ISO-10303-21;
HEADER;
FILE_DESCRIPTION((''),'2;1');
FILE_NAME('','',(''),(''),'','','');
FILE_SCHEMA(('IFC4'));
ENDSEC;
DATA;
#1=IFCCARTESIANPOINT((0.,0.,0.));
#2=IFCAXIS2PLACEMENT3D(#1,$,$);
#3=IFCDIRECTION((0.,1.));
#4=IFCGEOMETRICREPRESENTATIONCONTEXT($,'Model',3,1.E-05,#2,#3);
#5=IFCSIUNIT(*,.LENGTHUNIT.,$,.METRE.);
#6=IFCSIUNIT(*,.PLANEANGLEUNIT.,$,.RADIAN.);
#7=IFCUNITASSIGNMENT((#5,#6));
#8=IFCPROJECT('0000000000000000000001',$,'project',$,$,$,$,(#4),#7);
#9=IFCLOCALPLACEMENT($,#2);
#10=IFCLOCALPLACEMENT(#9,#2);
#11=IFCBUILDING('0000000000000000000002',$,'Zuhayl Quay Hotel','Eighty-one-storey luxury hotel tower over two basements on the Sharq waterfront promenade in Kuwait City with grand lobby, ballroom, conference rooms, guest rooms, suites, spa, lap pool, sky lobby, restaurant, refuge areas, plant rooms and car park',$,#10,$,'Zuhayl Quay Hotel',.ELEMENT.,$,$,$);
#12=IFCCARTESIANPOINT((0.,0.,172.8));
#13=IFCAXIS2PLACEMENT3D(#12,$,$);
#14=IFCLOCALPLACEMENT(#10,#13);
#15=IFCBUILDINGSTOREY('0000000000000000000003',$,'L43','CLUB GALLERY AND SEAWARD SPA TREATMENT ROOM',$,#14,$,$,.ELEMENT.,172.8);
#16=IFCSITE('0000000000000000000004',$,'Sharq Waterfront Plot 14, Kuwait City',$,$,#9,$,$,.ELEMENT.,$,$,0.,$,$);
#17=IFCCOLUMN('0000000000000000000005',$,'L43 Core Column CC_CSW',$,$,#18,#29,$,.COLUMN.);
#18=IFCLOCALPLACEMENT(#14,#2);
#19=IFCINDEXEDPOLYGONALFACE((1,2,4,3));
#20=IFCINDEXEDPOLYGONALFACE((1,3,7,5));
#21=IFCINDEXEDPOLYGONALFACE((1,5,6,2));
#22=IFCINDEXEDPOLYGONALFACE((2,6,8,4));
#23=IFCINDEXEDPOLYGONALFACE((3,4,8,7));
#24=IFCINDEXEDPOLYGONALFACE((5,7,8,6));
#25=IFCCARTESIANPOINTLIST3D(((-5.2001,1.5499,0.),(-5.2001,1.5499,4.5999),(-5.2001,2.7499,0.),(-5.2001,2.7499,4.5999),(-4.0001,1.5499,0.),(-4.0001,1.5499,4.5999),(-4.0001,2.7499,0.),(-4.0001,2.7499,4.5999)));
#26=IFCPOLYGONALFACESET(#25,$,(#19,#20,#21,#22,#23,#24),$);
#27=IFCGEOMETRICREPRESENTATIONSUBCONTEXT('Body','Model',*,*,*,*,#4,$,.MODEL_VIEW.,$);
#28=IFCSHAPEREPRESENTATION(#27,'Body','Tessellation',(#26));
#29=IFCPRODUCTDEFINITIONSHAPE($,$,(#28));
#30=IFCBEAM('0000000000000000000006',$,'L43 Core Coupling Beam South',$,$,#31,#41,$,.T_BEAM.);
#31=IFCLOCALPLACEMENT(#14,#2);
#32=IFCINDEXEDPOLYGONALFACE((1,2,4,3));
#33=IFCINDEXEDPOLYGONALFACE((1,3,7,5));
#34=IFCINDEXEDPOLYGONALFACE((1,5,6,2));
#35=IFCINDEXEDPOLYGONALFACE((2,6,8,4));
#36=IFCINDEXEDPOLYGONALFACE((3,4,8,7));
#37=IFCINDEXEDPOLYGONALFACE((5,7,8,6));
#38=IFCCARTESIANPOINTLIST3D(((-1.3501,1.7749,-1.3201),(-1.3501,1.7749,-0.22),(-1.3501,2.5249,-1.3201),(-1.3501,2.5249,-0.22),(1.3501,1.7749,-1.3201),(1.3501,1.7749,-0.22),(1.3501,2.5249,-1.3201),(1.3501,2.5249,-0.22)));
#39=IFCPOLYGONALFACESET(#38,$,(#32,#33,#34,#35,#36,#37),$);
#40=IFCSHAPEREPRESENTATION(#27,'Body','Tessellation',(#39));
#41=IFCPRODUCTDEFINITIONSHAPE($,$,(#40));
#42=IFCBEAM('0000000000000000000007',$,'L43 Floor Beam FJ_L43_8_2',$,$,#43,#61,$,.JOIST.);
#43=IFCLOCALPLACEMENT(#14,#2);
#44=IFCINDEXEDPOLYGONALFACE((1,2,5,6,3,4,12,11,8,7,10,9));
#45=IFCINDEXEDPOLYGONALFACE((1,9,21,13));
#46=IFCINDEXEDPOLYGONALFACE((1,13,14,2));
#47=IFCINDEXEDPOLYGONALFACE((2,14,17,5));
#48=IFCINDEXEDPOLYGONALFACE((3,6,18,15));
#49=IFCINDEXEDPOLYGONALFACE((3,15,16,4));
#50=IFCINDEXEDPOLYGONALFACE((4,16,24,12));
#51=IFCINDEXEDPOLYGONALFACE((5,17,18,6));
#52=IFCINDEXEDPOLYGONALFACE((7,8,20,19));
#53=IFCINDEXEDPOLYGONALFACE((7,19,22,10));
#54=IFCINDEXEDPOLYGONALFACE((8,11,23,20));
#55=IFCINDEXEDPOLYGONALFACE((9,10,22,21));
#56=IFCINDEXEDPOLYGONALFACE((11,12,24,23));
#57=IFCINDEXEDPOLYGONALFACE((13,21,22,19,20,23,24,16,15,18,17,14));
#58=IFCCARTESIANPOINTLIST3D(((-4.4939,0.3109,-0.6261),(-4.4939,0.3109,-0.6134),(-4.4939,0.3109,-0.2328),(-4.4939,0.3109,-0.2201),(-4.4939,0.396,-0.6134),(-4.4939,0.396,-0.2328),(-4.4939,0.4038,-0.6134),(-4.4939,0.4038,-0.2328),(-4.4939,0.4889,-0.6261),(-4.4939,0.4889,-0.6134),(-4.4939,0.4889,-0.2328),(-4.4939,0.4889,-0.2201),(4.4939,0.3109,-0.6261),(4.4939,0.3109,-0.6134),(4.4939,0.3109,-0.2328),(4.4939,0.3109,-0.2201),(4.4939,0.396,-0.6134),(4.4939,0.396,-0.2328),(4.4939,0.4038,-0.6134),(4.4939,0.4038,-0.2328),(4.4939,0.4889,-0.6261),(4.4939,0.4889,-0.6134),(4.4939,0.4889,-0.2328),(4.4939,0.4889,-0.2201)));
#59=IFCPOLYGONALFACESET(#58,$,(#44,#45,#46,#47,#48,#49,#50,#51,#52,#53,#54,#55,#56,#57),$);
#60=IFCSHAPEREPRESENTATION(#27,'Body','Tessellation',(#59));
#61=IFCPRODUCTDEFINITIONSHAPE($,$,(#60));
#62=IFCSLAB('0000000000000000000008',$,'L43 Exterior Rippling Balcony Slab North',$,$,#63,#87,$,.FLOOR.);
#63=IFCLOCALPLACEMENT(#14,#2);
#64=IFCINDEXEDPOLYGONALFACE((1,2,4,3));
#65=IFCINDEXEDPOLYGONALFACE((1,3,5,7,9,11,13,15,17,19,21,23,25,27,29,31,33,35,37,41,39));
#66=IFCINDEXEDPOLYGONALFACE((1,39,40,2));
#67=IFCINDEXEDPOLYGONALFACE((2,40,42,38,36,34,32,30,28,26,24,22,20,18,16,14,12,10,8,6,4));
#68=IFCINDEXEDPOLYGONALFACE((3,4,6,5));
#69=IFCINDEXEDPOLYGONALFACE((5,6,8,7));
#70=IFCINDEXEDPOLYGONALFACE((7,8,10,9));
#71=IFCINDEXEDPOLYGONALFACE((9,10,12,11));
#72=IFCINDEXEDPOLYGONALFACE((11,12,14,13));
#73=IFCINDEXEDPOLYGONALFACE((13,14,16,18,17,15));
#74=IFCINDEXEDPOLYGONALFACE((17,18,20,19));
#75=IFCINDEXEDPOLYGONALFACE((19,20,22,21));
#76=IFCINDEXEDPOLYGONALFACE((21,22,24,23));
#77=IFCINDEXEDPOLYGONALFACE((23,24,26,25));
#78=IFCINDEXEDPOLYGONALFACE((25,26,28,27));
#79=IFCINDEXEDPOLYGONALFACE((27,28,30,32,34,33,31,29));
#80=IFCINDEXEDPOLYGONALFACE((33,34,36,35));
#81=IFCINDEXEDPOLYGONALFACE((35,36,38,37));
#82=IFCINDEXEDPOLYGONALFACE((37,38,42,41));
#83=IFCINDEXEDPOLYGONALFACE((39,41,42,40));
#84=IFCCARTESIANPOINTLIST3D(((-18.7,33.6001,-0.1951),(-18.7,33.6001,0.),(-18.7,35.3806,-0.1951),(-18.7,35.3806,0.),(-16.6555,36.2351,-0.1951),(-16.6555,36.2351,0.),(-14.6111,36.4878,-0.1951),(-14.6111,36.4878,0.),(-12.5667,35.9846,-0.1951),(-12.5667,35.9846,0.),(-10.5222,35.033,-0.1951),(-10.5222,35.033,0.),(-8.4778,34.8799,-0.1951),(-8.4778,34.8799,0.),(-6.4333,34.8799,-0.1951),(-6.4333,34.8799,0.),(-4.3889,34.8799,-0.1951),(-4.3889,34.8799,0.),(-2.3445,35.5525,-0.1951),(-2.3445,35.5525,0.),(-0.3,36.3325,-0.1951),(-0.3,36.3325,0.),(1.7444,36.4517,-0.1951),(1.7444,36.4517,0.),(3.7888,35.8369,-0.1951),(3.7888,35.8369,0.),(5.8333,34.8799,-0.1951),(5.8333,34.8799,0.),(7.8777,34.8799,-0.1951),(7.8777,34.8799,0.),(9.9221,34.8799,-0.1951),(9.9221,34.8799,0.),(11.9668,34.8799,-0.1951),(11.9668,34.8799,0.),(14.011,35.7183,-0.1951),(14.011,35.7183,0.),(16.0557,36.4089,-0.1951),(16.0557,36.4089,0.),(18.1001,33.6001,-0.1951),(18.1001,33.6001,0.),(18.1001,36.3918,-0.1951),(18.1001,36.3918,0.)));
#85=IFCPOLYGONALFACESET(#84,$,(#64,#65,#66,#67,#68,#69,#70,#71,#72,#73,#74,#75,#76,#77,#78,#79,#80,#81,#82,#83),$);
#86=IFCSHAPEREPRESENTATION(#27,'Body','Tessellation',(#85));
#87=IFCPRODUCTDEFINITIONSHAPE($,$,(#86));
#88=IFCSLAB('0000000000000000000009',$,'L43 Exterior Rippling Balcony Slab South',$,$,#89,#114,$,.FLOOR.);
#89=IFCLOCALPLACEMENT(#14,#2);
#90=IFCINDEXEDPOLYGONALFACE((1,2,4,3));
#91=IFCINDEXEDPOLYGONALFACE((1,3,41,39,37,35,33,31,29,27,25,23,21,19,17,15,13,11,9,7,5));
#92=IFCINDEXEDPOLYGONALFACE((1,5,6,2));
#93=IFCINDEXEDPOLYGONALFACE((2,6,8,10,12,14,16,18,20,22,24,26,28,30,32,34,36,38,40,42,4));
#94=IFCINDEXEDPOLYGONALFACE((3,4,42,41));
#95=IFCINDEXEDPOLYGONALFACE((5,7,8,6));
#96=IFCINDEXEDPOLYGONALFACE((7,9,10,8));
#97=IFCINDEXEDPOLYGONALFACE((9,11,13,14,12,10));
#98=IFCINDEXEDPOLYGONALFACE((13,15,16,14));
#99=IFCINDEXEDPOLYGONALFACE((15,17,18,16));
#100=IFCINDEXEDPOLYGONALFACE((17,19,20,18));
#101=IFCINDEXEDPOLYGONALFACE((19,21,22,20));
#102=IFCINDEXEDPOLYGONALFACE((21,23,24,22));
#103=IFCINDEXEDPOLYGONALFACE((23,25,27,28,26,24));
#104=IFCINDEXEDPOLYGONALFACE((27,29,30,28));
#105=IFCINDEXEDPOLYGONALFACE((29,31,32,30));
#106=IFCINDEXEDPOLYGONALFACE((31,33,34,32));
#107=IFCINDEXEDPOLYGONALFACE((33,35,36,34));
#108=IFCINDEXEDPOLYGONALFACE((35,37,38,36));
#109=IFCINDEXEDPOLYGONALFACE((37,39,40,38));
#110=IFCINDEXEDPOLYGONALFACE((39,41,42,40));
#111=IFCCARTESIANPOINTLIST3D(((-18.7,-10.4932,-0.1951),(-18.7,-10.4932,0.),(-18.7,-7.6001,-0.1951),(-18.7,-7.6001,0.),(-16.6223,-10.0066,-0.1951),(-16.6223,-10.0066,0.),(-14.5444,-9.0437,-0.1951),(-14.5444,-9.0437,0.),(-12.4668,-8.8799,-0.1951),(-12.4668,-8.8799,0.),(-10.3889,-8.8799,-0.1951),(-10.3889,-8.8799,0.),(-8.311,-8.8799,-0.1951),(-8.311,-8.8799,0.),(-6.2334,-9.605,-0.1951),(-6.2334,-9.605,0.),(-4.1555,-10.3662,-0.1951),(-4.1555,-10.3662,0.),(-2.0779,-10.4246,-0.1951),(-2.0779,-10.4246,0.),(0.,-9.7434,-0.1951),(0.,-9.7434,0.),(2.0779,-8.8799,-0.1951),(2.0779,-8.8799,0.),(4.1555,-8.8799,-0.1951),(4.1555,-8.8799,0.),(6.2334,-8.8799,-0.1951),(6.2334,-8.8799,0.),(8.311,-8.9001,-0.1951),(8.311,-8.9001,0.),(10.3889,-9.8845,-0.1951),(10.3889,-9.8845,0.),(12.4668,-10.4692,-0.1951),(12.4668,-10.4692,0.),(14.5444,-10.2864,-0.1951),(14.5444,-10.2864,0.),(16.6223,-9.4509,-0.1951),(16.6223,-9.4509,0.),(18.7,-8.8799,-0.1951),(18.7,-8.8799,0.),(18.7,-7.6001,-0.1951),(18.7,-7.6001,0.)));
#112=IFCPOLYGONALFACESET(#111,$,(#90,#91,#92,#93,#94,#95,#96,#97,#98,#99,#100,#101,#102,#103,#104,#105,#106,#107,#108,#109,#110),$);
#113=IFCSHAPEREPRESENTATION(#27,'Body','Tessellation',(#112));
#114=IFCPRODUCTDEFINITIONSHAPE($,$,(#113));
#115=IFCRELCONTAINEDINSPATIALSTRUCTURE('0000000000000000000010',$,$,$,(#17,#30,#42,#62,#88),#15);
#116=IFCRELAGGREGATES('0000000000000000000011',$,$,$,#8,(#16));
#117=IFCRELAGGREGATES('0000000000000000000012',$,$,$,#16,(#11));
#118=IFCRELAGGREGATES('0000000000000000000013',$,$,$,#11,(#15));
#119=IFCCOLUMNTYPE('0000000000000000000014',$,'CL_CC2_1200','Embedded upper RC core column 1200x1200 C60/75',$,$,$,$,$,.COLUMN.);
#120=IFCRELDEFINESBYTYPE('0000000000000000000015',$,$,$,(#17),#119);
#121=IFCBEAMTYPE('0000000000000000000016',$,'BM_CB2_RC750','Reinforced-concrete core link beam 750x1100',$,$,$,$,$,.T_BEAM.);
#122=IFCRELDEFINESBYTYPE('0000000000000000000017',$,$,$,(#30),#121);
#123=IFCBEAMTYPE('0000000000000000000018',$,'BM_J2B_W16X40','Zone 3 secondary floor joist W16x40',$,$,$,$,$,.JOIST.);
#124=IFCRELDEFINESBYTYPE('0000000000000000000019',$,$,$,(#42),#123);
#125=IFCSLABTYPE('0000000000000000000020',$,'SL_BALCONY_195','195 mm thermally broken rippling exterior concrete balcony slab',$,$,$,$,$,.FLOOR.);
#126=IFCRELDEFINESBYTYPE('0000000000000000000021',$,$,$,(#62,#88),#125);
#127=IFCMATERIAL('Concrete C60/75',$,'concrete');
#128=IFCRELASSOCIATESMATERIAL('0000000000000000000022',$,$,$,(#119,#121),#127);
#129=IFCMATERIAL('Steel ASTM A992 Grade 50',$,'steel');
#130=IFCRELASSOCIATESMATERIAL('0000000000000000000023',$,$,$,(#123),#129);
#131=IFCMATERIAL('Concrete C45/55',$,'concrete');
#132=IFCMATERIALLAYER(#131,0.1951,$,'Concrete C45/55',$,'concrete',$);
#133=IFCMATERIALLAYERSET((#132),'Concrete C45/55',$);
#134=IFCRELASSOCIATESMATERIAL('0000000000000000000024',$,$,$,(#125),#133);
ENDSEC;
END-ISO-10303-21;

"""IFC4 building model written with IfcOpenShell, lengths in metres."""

from ifc_helpers import new_model, si_unit, direction, frame, origin, origin_2d, place, context, subcontext, project, spatial, polyline, rectangle, i_section, outline, extrude, material, layer, layer_set, material_profile, profile_set, type_object, element, save


model = new_model("IFC4")

# Units and contexts
model_context = context("Model", 3, precision=1e-05, world=origin(), true_north=direction((0.0, 1.0)))
body_context = subcontext(model_context, "Body", "Model", "MODEL_VIEW")
ifc_project = project(units=[si_unit("LENGTHUNIT", "METRE"), si_unit("PLANEANGLEUNIT", "RADIAN")], contexts=[model_context])

# Site, building, storey
site_placement = place(None, origin())
site = spatial("IfcSite", under=ifc_project, at=site_placement, Name="Sharq Waterfront Plot 14, Kuwait City", CompositionType="ELEMENT", RefElevation=0.0)
building_placement = place(site_placement, origin())
building = spatial("IfcBuilding", under=site, at=building_placement, Name="Zuhayl Quay Hotel", Description="Eighty-one-storey luxury hotel tower over two basements on the Sharq waterfront promenade in Kuwait City with grand lobby, ballroom, conference rooms, guest rooms, suites, spa, lap pool, sky lobby, restaurant, refuge areas, plant rooms and car park", LongName="Zuhayl Quay Hotel", CompositionType="ELEMENT")
storey_placement = place(building_placement, frame((0.0, 0.0, 172.8)))
storey = spatial("IfcBuildingStorey", under=building, at=storey_placement, Name="L43", Description="CLUB GALLERY AND SEAWARD SPA TREATMENT ROOM", CompositionType="ELEMENT", Elevation=172.8)

# Column
ifc_material_1 = material(Name="Concrete C60/75", Category="concrete")
ifc_material_profile_1 = material_profile(ifc_material_1, rectangle(XDim=1.2, YDim=1.2, at=origin_2d()), Name="RC1200X1200")
ifc_profile_set_1 = profile_set([ifc_material_profile_1], Name="Concrete C60/75")
column_type = type_object("IfcColumnType", Name="CL_CC2_1200", Description="Embedded upper RC core column 1200x1200 C60/75", PredefinedType="COLUMN", material=ifc_profile_set_1)
column_placement = place(storey_placement, frame((-4.6001, 2.1499, 0.0), z_axis=(0.0, 0.0, 1.0), x_axis=(1.0, 0.0, 0.0)))
element("IfcColumn", 1, at=column_placement, inside=storey, type_object=column_type, Name="L43 Core Column CC_CSW", PredefinedType="COLUMN", context=body_context, shape_type="SweptSolid", body=[
    extrude(rectangle(XDim=1.2, YDim=1.2, at=origin_2d()), origin(), (0.0, 0.0, 1.0), 4.5999),
])

# Beams
ifc_material_profile_2 = material_profile(ifc_material_1, rectangle(XDim=0.75, YDim=1.1001, at=origin_2d()), Name="RC750X1100")
ifc_profile_set_2 = profile_set([ifc_material_profile_2], Name="Concrete C60/75")
beam_type_1 = type_object("IfcBeamType", Name="BM_CB2_RC750", Description="Reinforced-concrete core link beam 750x1100", PredefinedType="T_BEAM", material=ifc_profile_set_2)
beam_1_placement = place(storey_placement, frame((-1.3501, 2.1499, -0.77), z_axis=(1.0, 0.0, 0.0), x_axis=(0.0, 1.0, 0.0)))
element("IfcBeam", 2, at=beam_1_placement, inside=storey, type_object=beam_type_1, Name="L43 Core Coupling Beam South", PredefinedType="T_BEAM", context=body_context, shape_type="SweptSolid", body=[
    extrude(rectangle(XDim=0.75, YDim=1.1001, at=origin_2d()), origin(), (0.0, 0.0, 1.0), 2.7002),
])
ifc_material_2 = material(Name="Steel ASTM A992 Grade 50", Category="steel")
ifc_material_profile_3 = material_profile(ifc_material_2, i_section(OverallWidth=0.178, OverallDepth=0.406, WebThickness=0.0078, FlangeThickness=0.0127, at=origin_2d()), Name="W16X40")
ifc_profile_set_3 = profile_set([ifc_material_profile_3], Name="Steel ASTM A992 Grade 50")
beam_type_2 = type_object("IfcBeamType", Name="BM_J2B_W16X40", Description="Zone 3 secondary floor joist W16x40", PredefinedType="JOIST", material=ifc_profile_set_3)
beam_2_placement = place(storey_placement, frame((-4.4939, 0.3999, -0.4231), z_axis=(1.0, 0.0, 0.0), x_axis=(0.0, 1.0, 0.0)))
element("IfcBeam", 3, at=beam_2_placement, inside=storey, type_object=beam_type_2, Name="L43 Floor Beam FJ_L43_8_2", PredefinedType="JOIST", context=body_context, shape_type="SweptSolid", body=[
    extrude(i_section(OverallWidth=0.178, OverallDepth=0.406, WebThickness=0.0078, FlangeThickness=0.0127, at=origin_2d()), origin(), (0.0, 0.0, 1.0), 8.9878),
])

# Slabs
ifc_material_3 = material(Name="Concrete C45/55", Category="concrete")
ifc_layer_1 = layer(ifc_material_3, 0.1951, Name="Concrete C45/55", Category="concrete")
ifc_layer_set_1 = layer_set([ifc_layer_1], Name="Concrete C45/55")
slab_type_1 = type_object("IfcSlabType", Name="SL_BALCONY_195", Description="195 mm thermally broken rippling exterior concrete balcony slab", PredefinedType="FLOOR", material=ifc_layer_set_1)
slab_1_placement = place(storey_placement, frame((0.0, 0.0, -0.1951)))
element("IfcSlab", 4, at=slab_1_placement, inside=storey, type_object=slab_type_1, Name="L43 Exterior Rippling Balcony Slab North", PredefinedType="FLOOR", context=body_context, shape_type="SweptSolid", body=[
    extrude(outline(polyline([(-18.7, 33.6001), (18.1001, 33.6001), (18.1001, 36.3918), (16.0557, 36.4089), (14.011, 35.7183), (11.9668, 34.8799), (9.9221, 34.8799), (7.8777, 34.8799), (5.8333, 34.8799), (3.7888, 35.8369), (1.7444, 36.4517), (-0.3, 36.3325), (-2.3445, 35.5525), (-4.3889, 34.8799), (-6.4333, 34.8799), (-8.4778, 34.8799), (-10.5222, 35.033), (-12.5667, 35.9846), (-14.6111, 36.4878), (-16.6555, 36.2351), (-18.7, 35.3806), (-18.7, 33.6001)])), origin(), (0.0, 0.0, 1.0), 0.1951),
])
slab_2_placement = place(storey_placement, frame((0.0, 0.0, -0.1951)))
element("IfcSlab", 5, at=slab_2_placement, inside=storey, type_object=slab_type_1, Name="L43 Exterior Rippling Balcony Slab South", PredefinedType="FLOOR", context=body_context, shape_type="SweptSolid", body=[
    extrude(outline(polyline([(-18.7, -10.4932), (-16.6223, -10.0066), (-14.5444, -9.0437), (-12.4668, -8.8799), (-10.3889, -8.8799), (-8.311, -8.8799), (-6.2334, -9.605), (-4.1555, -10.3662), (-2.0779, -10.4246), (0.0, -9.7434), (2.0779, -8.8799), (4.1555, -8.8799), (6.2334, -8.8799), (8.311, -8.9001), (10.3889, -9.8845), (12.4668, -10.4692), (14.5444, -10.2864), (16.6223, -9.4509), (18.7, -8.8799), (18.7, -7.6001), (-18.7, -7.6001), (-18.7, -10.4932)])), origin(), (0.0, 0.0, 1.0), 0.1951),
])

save(model, "model.ifc")
